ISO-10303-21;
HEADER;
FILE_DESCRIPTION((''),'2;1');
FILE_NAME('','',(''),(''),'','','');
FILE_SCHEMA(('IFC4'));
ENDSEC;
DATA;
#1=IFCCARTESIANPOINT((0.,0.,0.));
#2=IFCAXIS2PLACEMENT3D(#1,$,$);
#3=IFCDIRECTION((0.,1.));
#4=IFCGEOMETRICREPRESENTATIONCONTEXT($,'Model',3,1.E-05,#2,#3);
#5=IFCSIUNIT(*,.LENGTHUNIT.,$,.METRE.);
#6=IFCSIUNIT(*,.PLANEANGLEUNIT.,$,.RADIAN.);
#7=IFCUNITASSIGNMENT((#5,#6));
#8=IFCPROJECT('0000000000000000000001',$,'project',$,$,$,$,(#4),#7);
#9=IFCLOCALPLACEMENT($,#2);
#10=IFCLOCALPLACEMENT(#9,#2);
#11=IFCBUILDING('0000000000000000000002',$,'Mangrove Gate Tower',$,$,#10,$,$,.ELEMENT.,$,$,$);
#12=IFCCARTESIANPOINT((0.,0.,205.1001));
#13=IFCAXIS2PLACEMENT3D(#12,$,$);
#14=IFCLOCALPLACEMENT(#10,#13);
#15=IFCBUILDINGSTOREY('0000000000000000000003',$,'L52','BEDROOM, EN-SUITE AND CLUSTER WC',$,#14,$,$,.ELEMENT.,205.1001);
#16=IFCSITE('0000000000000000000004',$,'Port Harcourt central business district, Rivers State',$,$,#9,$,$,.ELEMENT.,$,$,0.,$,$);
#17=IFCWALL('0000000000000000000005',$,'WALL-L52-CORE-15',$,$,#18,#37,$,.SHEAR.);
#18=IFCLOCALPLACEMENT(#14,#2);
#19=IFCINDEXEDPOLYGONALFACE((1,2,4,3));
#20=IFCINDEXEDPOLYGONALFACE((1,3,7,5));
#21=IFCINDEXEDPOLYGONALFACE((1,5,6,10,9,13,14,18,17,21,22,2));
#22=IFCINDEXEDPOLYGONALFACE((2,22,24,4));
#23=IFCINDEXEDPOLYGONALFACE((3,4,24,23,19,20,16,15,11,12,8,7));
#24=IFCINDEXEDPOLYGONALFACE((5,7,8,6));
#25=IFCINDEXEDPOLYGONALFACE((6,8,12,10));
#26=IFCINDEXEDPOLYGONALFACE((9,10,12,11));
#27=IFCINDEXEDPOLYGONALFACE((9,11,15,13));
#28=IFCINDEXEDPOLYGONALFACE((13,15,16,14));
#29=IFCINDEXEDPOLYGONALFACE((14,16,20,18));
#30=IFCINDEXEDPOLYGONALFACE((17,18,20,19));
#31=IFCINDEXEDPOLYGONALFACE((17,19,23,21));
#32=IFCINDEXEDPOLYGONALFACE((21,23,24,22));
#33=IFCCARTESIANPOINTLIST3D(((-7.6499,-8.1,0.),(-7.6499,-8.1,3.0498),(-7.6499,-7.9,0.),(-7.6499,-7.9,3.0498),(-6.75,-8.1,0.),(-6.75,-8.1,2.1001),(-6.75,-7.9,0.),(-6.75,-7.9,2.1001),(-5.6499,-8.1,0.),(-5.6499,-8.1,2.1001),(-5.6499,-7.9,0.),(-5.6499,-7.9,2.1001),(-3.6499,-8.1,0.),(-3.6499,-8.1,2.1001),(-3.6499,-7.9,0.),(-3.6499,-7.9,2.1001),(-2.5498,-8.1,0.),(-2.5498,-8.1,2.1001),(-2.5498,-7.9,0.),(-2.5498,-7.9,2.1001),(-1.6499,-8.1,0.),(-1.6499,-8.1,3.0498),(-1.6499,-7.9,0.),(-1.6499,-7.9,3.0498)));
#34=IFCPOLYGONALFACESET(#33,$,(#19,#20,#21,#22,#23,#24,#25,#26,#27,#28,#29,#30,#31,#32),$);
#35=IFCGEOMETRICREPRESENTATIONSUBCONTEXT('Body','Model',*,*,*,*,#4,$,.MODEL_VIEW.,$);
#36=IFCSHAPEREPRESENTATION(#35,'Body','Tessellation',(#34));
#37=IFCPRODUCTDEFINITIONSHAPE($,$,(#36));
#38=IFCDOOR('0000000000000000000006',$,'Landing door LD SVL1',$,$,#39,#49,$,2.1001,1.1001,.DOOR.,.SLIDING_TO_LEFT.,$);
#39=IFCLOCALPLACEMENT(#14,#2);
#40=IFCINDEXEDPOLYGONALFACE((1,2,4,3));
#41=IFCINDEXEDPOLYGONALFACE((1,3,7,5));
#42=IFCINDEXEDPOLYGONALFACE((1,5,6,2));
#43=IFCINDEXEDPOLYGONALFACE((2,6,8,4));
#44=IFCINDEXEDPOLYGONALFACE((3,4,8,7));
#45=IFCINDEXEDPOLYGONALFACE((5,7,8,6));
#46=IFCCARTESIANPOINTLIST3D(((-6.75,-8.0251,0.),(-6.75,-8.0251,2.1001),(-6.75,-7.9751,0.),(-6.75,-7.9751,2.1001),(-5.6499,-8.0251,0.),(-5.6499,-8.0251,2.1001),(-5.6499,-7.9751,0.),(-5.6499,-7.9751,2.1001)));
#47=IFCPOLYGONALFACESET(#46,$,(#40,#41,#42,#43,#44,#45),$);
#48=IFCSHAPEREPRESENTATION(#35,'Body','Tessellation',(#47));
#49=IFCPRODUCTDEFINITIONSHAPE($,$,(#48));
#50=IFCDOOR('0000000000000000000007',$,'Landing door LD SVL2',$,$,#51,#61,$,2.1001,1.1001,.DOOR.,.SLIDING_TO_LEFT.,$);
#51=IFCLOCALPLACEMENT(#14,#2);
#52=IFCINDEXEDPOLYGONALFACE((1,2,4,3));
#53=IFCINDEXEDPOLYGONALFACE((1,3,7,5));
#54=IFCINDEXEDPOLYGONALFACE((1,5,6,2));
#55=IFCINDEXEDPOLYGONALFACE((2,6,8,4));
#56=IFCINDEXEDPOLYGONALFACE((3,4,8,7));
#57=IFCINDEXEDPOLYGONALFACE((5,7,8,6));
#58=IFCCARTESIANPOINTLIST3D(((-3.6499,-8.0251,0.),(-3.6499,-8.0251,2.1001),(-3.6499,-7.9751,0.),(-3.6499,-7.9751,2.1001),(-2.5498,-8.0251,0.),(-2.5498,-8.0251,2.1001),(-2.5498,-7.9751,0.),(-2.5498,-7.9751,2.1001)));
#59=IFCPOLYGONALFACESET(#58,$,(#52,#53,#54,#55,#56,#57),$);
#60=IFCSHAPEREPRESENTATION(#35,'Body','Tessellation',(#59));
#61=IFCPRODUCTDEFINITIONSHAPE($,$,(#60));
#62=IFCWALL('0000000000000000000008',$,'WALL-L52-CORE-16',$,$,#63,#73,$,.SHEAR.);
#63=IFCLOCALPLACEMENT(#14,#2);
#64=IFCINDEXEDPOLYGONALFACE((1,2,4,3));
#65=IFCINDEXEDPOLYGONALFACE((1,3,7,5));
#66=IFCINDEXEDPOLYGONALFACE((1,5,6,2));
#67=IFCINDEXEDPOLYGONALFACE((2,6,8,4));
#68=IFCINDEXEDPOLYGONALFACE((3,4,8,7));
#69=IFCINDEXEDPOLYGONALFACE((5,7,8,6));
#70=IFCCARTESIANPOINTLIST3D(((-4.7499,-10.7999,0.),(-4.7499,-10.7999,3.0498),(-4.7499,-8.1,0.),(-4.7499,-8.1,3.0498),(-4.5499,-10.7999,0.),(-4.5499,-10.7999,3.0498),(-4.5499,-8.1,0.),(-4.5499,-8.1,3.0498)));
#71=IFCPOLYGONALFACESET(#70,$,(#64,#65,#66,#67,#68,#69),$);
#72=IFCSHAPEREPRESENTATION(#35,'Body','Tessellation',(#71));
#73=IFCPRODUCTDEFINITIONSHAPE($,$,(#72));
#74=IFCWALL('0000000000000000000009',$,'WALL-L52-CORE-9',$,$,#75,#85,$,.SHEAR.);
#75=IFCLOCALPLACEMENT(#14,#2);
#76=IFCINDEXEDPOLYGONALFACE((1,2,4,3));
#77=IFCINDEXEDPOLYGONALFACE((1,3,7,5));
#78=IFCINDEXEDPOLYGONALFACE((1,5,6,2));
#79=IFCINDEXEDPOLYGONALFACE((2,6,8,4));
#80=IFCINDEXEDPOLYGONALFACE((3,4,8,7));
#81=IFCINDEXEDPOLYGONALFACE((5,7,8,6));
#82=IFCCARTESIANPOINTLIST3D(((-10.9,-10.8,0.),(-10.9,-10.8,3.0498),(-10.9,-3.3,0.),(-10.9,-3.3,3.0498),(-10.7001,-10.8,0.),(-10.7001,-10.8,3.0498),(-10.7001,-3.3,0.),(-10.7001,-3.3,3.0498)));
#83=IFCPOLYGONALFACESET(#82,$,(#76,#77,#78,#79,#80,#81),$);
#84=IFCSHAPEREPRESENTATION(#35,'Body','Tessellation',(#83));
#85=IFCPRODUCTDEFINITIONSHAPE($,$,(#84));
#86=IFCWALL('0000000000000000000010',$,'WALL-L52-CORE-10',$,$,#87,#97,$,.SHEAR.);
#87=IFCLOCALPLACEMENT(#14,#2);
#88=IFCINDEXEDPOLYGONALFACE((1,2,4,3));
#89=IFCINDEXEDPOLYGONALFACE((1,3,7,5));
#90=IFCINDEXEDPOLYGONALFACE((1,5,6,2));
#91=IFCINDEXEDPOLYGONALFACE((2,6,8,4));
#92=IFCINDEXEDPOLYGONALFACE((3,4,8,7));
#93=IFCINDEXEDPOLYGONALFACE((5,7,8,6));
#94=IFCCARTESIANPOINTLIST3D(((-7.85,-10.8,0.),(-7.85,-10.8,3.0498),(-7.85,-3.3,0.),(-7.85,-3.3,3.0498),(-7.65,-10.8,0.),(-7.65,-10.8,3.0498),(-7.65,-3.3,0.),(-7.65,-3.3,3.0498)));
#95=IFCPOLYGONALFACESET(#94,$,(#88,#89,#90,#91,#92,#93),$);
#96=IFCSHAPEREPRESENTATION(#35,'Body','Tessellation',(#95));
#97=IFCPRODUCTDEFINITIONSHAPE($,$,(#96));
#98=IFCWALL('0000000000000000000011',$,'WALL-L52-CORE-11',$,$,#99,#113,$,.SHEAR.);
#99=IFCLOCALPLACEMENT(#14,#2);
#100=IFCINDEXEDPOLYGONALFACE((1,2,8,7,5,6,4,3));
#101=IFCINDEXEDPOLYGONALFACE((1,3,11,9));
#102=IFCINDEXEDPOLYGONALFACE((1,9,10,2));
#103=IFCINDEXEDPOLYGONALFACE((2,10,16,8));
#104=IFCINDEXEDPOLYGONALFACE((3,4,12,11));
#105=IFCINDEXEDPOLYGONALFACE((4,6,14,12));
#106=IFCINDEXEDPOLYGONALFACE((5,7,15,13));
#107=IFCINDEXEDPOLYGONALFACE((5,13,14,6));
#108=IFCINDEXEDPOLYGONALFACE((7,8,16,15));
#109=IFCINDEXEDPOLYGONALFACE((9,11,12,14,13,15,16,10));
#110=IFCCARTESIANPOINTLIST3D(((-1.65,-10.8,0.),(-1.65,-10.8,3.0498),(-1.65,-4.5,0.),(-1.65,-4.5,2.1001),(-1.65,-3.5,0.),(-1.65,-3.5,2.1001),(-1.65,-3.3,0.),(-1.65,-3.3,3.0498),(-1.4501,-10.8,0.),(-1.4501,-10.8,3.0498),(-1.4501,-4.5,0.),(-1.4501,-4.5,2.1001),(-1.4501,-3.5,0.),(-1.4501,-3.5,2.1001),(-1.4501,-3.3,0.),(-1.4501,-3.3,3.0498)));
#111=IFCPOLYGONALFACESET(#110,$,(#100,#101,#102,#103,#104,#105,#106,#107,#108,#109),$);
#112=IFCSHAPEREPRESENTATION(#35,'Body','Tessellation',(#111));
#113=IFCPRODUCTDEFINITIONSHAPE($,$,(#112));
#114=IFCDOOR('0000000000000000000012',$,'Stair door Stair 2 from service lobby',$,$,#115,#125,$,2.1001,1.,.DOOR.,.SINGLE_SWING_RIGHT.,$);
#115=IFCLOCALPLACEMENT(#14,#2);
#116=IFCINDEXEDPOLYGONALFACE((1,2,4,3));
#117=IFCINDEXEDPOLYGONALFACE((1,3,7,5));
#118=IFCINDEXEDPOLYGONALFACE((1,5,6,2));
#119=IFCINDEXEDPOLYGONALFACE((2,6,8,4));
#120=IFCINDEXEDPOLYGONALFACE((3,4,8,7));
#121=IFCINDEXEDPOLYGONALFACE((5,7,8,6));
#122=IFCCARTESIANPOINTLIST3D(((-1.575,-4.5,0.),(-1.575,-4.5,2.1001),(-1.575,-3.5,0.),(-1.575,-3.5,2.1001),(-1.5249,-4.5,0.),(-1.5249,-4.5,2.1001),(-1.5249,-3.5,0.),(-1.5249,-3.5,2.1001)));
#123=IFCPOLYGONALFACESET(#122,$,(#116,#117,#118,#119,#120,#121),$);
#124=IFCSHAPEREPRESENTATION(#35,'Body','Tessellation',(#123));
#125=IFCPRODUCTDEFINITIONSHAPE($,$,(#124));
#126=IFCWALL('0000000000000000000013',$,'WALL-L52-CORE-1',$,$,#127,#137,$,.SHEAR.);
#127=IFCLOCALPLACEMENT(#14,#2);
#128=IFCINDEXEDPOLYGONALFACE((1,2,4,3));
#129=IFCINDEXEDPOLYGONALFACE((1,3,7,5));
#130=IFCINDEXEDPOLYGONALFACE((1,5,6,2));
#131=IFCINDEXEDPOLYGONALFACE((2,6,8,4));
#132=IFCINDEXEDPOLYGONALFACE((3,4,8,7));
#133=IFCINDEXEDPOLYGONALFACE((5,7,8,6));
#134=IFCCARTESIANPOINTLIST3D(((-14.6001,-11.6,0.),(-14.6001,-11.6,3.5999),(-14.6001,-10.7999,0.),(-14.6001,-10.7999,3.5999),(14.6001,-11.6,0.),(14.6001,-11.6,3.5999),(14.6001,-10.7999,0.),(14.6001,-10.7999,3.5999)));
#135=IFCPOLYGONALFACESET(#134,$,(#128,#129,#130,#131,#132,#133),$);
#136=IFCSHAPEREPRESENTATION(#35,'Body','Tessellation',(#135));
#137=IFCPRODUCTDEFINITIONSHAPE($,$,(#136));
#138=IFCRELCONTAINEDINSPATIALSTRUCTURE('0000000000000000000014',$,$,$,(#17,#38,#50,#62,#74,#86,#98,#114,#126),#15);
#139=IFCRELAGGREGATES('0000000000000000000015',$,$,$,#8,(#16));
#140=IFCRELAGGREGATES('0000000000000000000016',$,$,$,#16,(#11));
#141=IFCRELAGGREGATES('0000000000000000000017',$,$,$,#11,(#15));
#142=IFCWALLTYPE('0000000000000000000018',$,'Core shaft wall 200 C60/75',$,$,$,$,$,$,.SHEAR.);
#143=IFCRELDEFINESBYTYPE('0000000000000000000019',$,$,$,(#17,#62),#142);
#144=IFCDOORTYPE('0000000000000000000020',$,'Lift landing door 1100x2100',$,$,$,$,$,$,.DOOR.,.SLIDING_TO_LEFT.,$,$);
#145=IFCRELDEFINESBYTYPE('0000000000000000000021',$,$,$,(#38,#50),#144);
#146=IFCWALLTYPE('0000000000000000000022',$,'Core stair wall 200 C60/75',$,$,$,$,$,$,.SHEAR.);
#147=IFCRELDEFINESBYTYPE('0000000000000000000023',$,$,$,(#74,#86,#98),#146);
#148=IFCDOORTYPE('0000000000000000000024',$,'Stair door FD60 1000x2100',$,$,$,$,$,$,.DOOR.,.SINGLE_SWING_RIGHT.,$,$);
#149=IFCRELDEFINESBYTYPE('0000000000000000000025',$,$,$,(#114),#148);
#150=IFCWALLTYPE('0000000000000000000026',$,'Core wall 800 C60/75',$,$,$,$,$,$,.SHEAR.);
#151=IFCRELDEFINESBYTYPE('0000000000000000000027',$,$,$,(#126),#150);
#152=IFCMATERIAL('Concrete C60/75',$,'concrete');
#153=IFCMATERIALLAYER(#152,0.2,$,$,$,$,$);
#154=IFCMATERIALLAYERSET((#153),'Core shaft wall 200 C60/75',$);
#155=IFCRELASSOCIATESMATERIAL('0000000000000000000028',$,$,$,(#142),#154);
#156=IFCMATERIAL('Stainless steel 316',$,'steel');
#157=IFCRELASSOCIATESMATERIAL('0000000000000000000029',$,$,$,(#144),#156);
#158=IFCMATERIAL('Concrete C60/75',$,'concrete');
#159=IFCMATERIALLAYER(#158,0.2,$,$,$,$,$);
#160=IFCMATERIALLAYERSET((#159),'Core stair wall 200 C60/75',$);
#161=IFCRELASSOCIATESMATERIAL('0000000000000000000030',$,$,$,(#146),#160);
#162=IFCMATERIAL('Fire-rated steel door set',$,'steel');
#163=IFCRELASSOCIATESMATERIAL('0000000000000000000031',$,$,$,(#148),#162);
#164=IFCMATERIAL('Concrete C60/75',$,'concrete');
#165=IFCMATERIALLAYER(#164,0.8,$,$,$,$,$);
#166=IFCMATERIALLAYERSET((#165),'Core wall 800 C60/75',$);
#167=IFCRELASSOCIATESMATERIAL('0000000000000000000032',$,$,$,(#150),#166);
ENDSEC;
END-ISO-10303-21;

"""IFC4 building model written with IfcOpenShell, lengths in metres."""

from ifc_helpers import new_model, si_unit, direction, frame, frame_2d, origin, place, context, subcontext, project, spatial, rectangle, extrude, material, layer, layer_set, type_object, element, fill, save


model = new_model("IFC4")

# Units and contexts
model_context = context("Model", 3, precision=1e-05, world=origin(), true_north=direction((0.0, 1.0)))
body_context = subcontext(model_context, "Body", "Model", "MODEL_VIEW")
ifc_project = project(units=[si_unit("LENGTHUNIT", "METRE"), si_unit("PLANEANGLEUNIT", "RADIAN")], contexts=[model_context])

# Site, building, storey
site_placement = place(None, origin())
site = spatial("IfcSite", under=ifc_project, at=site_placement, Name="Port Harcourt central business district, Rivers State", CompositionType="ELEMENT", RefElevation=0.0)
building_placement = place(site_placement, origin())
building = spatial("IfcBuilding", under=site, at=building_placement, Name="Mangrove Gate Tower", CompositionType="ELEMENT")
storey_placement = place(building_placement, frame((0.0, 0.0, 205.1001)))
storey = spatial("IfcBuildingStorey", under=building, at=storey_placement, Name="L52", Description="BEDROOM, EN-SUITE AND CLUSTER WC", CompositionType="ELEMENT", Elevation=205.1001)

# Wall, openings, doors
ifc_material_1 = material(Name="Concrete C60/75", Category="concrete")
ifc_layer_1 = layer(ifc_material_1, 0.2)
ifc_layer_set_1 = layer_set([ifc_layer_1], Name="Core shaft wall 200 C60/75")
wall_type_1 = type_object("IfcWallType", Name="Core shaft wall 200 C60/75", PredefinedType="SHEAR", material=ifc_layer_set_1)
wall_1_placement = place(storey_placement, frame((-7.6499, -8.0, 0.0), z_axis=(0.0, 0.0, 1.0), x_axis=(1.0, 0.0, 0.0)))
wall_1 = element("IfcWall", 1, at=wall_1_placement, inside=storey, type_object=wall_type_1, Name="WALL-L52-CORE-15", PredefinedType="SHEAR", context=body_context, shape_type="SweptSolid", body=[
    extrude(rectangle(XDim=6.0, YDim=0.2, at=frame_2d((3.0, 0.0))), origin(), (0.0, 0.0, 1.0), 3.0498),
])
opening_1_placement = place(wall_1_placement, frame((0.8999, 0.0, 0.0)))
opening_1 = element("IfcOpeningElement", 2, at=opening_1_placement, cuts=wall_1, PredefinedType="OPENING", context=body_context, shape_type="SweptSolid", body=[
    extrude(rectangle(XDim=1.1001, YDim=2.1001, at=frame_2d((0.55, 1.05))), frame((0.0, 0.1099, 0.0), z_axis=(0.0, -1.0, 0.0), x_axis=(1.0, 0.0, 0.0)), (0.0, 0.0, 1.0), 0.22),
])
opening_2_placement = place(wall_1_placement, frame((4.0, 0.0, 0.0)))
opening_2 = element("IfcOpeningElement", 3, at=opening_2_placement, cuts=wall_1, PredefinedType="OPENING", context=body_context, shape_type="SweptSolid", body=[
    extrude(rectangle(XDim=1.1001, YDim=2.1001, at=frame_2d((0.55, 1.05))), frame((0.0, 0.1099, 0.0), z_axis=(0.0, -1.0, 0.0), x_axis=(1.0, 0.0, 0.0)), (0.0, 0.0, 1.0), 0.22),
])
ifc_material_2 = material(Name="Stainless steel 316", Category="steel")
door_type_1 = type_object("IfcDoorType", Name="Lift landing door 1100x2100", OperationType="SLIDING_TO_LEFT", PredefinedType="DOOR", material=ifc_material_2)
door_1_placement = place(opening_1_placement, origin())
door_1 = element("IfcDoor", 4, at=door_1_placement, inside=storey, type_object=door_type_1, Name="Landing door LD SVL1", OperationType="SLIDING_TO_LEFT", OverallHeight=2.1001, OverallWidth=1.1001, PredefinedType="DOOR", context=body_context, shape_type="SweptSolid", body=[
    extrude(rectangle(XDim=1.1001, YDim=2.1001, at=frame_2d((0.55, 1.05))), frame((0.0, 0.0249, 0.0), z_axis=(0.0, -1.0, 0.0), x_axis=(1.0, 0.0, 0.0)), (0.0, 0.0, 1.0), 0.05),
])
fill(opening_1, door_1)
door_2_placement = place(opening_2_placement, origin())
door_2 = element("IfcDoor", 5, at=door_2_placement, inside=storey, type_object=door_type_1, Name="Landing door LD SVL2", OperationType="SLIDING_TO_LEFT", OverallHeight=2.1001, OverallWidth=1.1001, PredefinedType="DOOR", context=body_context, shape_type="SweptSolid", body=[
    extrude(rectangle(XDim=1.1001, YDim=2.1001, at=frame_2d((0.55, 1.05))), frame((0.0, 0.0249, 0.0), z_axis=(0.0, -1.0, 0.0), x_axis=(1.0, 0.0, 0.0)), (0.0, 0.0, 1.0), 0.05),
])
fill(opening_2, door_2)

# Walls
wall_2_placement = place(storey_placement, frame((-4.6499, -10.8, 0.0), z_axis=(0.0, 0.0, 1.0), x_axis=(0.0, 1.0, 0.0)))
element("IfcWall", 6, at=wall_2_placement, inside=storey, type_object=wall_type_1, Name="WALL-L52-CORE-16", PredefinedType="SHEAR", context=body_context, shape_type="SweptSolid", body=[
    extrude(rectangle(XDim=2.7, YDim=0.2, at=frame_2d((1.3501, 0.0))), origin(), (0.0, 0.0, 1.0), 3.0498),
])
ifc_material_3 = material(Name="Concrete C60/75", Category="concrete")
ifc_layer_2 = layer(ifc_material_3, 0.2)
ifc_layer_set_2 = layer_set([ifc_layer_2], Name="Core stair wall 200 C60/75")
wall_type_2 = type_object("IfcWallType", Name="Core stair wall 200 C60/75", PredefinedType="SHEAR", material=ifc_layer_set_2)
for number, where, z_axis, x_axis, name in (
    (7, (-10.8, -10.8, 0.0), (0.0, 0.0, 1.0), (0.0, 1.0, 0.0), "WALL-L52-CORE-9"),
    (8, (-7.75, -10.8, 0.0), (0.0, 0.0, 1.0), (0.0, 1.0, 0.0), "WALL-L52-CORE-10"),
):
    element("IfcWall", number, at=place(storey_placement, frame(where, z_axis=z_axis, x_axis=x_axis)), inside=storey, type_object=wall_type_2, Name=name, PredefinedType="SHEAR", context=body_context, shape_type="SweptSolid", body=[
        extrude(rectangle(XDim=7.5, YDim=0.2, at=frame_2d((3.75, 0.0))), origin(), (0.0, 0.0, 1.0), 3.0498),
    ])

# Wall, opening, door
wall_3_placement = place(storey_placement, frame((-1.55, -10.8, 0.0), z_axis=(0.0, 0.0, 1.0), x_axis=(0.0, 1.0, 0.0)))
wall_3 = element("IfcWall", 9, at=wall_3_placement, inside=storey, type_object=wall_type_2, Name="WALL-L52-CORE-11", PredefinedType="SHEAR", context=body_context, shape_type="SweptSolid", body=[
    extrude(rectangle(XDim=7.5, YDim=0.2, at=frame_2d((3.75, 0.0))), origin(), (0.0, 0.0, 1.0), 3.0498),
])
opening_3_placement = place(wall_3_placement, frame((6.3, 0.0, 0.0)))
opening_3 = element("IfcOpeningElement", 10, at=opening_3_placement, cuts=wall_3, PredefinedType="OPENING", context=body_context, shape_type="SweptSolid", body=[
    extrude(rectangle(XDim=1.0, YDim=2.1001, at=frame_2d((0.5, 1.05))), frame((0.0, 0.1099, 0.0), z_axis=(0.0, -1.0, 0.0), x_axis=(1.0, 0.0, 0.0)), (0.0, 0.0, 1.0), 0.22),
])
ifc_material_4 = material(Name="Fire-rated steel door set", Category="steel")
door_type_2 = type_object("IfcDoorType", Name="Stair door FD60 1000x2100", OperationType="SINGLE_SWING_RIGHT", PredefinedType="DOOR", material=ifc_material_4)
door_3_placement = place(opening_3_placement, origin())
door_3 = element("IfcDoor", 11, at=door_3_placement, inside=storey, type_object=door_type_2, Name="Stair door Stair 2 from service lobby", OperationType="SINGLE_SWING_RIGHT", OverallHeight=2.1001, OverallWidth=1.0, PredefinedType="DOOR", context=body_context, shape_type="SweptSolid", body=[
    extrude(rectangle(XDim=1.0, YDim=2.1001, at=frame_2d((0.5, 1.05))), frame((0.0, 0.0249, 0.0), z_axis=(0.0, -1.0, 0.0), x_axis=(1.0, 0.0, 0.0)), (0.0, 0.0, 1.0), 0.05),
])
fill(opening_3, door_3)

# Wall
ifc_material_5 = material(Name="Concrete C60/75", Category="concrete")
ifc_layer_3 = layer(ifc_material_5, 0.8)
ifc_layer_set_3 = layer_set([ifc_layer_3], Name="Core wall 800 C60/75")
wall_type_3 = type_object("IfcWallType", Name="Core wall 800 C60/75", PredefinedType="SHEAR", material=ifc_layer_set_3)
wall_4_placement = place(storey_placement, frame((-14.6001, -11.2, 0.0), z_axis=(0.0, 0.0, 1.0), x_axis=(1.0, 0.0, 0.0)))
element("IfcWall", 12, at=wall_4_placement, inside=storey, type_object=wall_type_3, Name="WALL-L52-CORE-1", PredefinedType="SHEAR", context=body_context, shape_type="SweptSolid", body=[
    extrude(rectangle(XDim=29.2002, YDim=0.8, at=frame_2d((14.6001, 0.0))), origin(), (0.0, 0.0, 1.0), 3.5999),
])

save(model, "model.ifc")
